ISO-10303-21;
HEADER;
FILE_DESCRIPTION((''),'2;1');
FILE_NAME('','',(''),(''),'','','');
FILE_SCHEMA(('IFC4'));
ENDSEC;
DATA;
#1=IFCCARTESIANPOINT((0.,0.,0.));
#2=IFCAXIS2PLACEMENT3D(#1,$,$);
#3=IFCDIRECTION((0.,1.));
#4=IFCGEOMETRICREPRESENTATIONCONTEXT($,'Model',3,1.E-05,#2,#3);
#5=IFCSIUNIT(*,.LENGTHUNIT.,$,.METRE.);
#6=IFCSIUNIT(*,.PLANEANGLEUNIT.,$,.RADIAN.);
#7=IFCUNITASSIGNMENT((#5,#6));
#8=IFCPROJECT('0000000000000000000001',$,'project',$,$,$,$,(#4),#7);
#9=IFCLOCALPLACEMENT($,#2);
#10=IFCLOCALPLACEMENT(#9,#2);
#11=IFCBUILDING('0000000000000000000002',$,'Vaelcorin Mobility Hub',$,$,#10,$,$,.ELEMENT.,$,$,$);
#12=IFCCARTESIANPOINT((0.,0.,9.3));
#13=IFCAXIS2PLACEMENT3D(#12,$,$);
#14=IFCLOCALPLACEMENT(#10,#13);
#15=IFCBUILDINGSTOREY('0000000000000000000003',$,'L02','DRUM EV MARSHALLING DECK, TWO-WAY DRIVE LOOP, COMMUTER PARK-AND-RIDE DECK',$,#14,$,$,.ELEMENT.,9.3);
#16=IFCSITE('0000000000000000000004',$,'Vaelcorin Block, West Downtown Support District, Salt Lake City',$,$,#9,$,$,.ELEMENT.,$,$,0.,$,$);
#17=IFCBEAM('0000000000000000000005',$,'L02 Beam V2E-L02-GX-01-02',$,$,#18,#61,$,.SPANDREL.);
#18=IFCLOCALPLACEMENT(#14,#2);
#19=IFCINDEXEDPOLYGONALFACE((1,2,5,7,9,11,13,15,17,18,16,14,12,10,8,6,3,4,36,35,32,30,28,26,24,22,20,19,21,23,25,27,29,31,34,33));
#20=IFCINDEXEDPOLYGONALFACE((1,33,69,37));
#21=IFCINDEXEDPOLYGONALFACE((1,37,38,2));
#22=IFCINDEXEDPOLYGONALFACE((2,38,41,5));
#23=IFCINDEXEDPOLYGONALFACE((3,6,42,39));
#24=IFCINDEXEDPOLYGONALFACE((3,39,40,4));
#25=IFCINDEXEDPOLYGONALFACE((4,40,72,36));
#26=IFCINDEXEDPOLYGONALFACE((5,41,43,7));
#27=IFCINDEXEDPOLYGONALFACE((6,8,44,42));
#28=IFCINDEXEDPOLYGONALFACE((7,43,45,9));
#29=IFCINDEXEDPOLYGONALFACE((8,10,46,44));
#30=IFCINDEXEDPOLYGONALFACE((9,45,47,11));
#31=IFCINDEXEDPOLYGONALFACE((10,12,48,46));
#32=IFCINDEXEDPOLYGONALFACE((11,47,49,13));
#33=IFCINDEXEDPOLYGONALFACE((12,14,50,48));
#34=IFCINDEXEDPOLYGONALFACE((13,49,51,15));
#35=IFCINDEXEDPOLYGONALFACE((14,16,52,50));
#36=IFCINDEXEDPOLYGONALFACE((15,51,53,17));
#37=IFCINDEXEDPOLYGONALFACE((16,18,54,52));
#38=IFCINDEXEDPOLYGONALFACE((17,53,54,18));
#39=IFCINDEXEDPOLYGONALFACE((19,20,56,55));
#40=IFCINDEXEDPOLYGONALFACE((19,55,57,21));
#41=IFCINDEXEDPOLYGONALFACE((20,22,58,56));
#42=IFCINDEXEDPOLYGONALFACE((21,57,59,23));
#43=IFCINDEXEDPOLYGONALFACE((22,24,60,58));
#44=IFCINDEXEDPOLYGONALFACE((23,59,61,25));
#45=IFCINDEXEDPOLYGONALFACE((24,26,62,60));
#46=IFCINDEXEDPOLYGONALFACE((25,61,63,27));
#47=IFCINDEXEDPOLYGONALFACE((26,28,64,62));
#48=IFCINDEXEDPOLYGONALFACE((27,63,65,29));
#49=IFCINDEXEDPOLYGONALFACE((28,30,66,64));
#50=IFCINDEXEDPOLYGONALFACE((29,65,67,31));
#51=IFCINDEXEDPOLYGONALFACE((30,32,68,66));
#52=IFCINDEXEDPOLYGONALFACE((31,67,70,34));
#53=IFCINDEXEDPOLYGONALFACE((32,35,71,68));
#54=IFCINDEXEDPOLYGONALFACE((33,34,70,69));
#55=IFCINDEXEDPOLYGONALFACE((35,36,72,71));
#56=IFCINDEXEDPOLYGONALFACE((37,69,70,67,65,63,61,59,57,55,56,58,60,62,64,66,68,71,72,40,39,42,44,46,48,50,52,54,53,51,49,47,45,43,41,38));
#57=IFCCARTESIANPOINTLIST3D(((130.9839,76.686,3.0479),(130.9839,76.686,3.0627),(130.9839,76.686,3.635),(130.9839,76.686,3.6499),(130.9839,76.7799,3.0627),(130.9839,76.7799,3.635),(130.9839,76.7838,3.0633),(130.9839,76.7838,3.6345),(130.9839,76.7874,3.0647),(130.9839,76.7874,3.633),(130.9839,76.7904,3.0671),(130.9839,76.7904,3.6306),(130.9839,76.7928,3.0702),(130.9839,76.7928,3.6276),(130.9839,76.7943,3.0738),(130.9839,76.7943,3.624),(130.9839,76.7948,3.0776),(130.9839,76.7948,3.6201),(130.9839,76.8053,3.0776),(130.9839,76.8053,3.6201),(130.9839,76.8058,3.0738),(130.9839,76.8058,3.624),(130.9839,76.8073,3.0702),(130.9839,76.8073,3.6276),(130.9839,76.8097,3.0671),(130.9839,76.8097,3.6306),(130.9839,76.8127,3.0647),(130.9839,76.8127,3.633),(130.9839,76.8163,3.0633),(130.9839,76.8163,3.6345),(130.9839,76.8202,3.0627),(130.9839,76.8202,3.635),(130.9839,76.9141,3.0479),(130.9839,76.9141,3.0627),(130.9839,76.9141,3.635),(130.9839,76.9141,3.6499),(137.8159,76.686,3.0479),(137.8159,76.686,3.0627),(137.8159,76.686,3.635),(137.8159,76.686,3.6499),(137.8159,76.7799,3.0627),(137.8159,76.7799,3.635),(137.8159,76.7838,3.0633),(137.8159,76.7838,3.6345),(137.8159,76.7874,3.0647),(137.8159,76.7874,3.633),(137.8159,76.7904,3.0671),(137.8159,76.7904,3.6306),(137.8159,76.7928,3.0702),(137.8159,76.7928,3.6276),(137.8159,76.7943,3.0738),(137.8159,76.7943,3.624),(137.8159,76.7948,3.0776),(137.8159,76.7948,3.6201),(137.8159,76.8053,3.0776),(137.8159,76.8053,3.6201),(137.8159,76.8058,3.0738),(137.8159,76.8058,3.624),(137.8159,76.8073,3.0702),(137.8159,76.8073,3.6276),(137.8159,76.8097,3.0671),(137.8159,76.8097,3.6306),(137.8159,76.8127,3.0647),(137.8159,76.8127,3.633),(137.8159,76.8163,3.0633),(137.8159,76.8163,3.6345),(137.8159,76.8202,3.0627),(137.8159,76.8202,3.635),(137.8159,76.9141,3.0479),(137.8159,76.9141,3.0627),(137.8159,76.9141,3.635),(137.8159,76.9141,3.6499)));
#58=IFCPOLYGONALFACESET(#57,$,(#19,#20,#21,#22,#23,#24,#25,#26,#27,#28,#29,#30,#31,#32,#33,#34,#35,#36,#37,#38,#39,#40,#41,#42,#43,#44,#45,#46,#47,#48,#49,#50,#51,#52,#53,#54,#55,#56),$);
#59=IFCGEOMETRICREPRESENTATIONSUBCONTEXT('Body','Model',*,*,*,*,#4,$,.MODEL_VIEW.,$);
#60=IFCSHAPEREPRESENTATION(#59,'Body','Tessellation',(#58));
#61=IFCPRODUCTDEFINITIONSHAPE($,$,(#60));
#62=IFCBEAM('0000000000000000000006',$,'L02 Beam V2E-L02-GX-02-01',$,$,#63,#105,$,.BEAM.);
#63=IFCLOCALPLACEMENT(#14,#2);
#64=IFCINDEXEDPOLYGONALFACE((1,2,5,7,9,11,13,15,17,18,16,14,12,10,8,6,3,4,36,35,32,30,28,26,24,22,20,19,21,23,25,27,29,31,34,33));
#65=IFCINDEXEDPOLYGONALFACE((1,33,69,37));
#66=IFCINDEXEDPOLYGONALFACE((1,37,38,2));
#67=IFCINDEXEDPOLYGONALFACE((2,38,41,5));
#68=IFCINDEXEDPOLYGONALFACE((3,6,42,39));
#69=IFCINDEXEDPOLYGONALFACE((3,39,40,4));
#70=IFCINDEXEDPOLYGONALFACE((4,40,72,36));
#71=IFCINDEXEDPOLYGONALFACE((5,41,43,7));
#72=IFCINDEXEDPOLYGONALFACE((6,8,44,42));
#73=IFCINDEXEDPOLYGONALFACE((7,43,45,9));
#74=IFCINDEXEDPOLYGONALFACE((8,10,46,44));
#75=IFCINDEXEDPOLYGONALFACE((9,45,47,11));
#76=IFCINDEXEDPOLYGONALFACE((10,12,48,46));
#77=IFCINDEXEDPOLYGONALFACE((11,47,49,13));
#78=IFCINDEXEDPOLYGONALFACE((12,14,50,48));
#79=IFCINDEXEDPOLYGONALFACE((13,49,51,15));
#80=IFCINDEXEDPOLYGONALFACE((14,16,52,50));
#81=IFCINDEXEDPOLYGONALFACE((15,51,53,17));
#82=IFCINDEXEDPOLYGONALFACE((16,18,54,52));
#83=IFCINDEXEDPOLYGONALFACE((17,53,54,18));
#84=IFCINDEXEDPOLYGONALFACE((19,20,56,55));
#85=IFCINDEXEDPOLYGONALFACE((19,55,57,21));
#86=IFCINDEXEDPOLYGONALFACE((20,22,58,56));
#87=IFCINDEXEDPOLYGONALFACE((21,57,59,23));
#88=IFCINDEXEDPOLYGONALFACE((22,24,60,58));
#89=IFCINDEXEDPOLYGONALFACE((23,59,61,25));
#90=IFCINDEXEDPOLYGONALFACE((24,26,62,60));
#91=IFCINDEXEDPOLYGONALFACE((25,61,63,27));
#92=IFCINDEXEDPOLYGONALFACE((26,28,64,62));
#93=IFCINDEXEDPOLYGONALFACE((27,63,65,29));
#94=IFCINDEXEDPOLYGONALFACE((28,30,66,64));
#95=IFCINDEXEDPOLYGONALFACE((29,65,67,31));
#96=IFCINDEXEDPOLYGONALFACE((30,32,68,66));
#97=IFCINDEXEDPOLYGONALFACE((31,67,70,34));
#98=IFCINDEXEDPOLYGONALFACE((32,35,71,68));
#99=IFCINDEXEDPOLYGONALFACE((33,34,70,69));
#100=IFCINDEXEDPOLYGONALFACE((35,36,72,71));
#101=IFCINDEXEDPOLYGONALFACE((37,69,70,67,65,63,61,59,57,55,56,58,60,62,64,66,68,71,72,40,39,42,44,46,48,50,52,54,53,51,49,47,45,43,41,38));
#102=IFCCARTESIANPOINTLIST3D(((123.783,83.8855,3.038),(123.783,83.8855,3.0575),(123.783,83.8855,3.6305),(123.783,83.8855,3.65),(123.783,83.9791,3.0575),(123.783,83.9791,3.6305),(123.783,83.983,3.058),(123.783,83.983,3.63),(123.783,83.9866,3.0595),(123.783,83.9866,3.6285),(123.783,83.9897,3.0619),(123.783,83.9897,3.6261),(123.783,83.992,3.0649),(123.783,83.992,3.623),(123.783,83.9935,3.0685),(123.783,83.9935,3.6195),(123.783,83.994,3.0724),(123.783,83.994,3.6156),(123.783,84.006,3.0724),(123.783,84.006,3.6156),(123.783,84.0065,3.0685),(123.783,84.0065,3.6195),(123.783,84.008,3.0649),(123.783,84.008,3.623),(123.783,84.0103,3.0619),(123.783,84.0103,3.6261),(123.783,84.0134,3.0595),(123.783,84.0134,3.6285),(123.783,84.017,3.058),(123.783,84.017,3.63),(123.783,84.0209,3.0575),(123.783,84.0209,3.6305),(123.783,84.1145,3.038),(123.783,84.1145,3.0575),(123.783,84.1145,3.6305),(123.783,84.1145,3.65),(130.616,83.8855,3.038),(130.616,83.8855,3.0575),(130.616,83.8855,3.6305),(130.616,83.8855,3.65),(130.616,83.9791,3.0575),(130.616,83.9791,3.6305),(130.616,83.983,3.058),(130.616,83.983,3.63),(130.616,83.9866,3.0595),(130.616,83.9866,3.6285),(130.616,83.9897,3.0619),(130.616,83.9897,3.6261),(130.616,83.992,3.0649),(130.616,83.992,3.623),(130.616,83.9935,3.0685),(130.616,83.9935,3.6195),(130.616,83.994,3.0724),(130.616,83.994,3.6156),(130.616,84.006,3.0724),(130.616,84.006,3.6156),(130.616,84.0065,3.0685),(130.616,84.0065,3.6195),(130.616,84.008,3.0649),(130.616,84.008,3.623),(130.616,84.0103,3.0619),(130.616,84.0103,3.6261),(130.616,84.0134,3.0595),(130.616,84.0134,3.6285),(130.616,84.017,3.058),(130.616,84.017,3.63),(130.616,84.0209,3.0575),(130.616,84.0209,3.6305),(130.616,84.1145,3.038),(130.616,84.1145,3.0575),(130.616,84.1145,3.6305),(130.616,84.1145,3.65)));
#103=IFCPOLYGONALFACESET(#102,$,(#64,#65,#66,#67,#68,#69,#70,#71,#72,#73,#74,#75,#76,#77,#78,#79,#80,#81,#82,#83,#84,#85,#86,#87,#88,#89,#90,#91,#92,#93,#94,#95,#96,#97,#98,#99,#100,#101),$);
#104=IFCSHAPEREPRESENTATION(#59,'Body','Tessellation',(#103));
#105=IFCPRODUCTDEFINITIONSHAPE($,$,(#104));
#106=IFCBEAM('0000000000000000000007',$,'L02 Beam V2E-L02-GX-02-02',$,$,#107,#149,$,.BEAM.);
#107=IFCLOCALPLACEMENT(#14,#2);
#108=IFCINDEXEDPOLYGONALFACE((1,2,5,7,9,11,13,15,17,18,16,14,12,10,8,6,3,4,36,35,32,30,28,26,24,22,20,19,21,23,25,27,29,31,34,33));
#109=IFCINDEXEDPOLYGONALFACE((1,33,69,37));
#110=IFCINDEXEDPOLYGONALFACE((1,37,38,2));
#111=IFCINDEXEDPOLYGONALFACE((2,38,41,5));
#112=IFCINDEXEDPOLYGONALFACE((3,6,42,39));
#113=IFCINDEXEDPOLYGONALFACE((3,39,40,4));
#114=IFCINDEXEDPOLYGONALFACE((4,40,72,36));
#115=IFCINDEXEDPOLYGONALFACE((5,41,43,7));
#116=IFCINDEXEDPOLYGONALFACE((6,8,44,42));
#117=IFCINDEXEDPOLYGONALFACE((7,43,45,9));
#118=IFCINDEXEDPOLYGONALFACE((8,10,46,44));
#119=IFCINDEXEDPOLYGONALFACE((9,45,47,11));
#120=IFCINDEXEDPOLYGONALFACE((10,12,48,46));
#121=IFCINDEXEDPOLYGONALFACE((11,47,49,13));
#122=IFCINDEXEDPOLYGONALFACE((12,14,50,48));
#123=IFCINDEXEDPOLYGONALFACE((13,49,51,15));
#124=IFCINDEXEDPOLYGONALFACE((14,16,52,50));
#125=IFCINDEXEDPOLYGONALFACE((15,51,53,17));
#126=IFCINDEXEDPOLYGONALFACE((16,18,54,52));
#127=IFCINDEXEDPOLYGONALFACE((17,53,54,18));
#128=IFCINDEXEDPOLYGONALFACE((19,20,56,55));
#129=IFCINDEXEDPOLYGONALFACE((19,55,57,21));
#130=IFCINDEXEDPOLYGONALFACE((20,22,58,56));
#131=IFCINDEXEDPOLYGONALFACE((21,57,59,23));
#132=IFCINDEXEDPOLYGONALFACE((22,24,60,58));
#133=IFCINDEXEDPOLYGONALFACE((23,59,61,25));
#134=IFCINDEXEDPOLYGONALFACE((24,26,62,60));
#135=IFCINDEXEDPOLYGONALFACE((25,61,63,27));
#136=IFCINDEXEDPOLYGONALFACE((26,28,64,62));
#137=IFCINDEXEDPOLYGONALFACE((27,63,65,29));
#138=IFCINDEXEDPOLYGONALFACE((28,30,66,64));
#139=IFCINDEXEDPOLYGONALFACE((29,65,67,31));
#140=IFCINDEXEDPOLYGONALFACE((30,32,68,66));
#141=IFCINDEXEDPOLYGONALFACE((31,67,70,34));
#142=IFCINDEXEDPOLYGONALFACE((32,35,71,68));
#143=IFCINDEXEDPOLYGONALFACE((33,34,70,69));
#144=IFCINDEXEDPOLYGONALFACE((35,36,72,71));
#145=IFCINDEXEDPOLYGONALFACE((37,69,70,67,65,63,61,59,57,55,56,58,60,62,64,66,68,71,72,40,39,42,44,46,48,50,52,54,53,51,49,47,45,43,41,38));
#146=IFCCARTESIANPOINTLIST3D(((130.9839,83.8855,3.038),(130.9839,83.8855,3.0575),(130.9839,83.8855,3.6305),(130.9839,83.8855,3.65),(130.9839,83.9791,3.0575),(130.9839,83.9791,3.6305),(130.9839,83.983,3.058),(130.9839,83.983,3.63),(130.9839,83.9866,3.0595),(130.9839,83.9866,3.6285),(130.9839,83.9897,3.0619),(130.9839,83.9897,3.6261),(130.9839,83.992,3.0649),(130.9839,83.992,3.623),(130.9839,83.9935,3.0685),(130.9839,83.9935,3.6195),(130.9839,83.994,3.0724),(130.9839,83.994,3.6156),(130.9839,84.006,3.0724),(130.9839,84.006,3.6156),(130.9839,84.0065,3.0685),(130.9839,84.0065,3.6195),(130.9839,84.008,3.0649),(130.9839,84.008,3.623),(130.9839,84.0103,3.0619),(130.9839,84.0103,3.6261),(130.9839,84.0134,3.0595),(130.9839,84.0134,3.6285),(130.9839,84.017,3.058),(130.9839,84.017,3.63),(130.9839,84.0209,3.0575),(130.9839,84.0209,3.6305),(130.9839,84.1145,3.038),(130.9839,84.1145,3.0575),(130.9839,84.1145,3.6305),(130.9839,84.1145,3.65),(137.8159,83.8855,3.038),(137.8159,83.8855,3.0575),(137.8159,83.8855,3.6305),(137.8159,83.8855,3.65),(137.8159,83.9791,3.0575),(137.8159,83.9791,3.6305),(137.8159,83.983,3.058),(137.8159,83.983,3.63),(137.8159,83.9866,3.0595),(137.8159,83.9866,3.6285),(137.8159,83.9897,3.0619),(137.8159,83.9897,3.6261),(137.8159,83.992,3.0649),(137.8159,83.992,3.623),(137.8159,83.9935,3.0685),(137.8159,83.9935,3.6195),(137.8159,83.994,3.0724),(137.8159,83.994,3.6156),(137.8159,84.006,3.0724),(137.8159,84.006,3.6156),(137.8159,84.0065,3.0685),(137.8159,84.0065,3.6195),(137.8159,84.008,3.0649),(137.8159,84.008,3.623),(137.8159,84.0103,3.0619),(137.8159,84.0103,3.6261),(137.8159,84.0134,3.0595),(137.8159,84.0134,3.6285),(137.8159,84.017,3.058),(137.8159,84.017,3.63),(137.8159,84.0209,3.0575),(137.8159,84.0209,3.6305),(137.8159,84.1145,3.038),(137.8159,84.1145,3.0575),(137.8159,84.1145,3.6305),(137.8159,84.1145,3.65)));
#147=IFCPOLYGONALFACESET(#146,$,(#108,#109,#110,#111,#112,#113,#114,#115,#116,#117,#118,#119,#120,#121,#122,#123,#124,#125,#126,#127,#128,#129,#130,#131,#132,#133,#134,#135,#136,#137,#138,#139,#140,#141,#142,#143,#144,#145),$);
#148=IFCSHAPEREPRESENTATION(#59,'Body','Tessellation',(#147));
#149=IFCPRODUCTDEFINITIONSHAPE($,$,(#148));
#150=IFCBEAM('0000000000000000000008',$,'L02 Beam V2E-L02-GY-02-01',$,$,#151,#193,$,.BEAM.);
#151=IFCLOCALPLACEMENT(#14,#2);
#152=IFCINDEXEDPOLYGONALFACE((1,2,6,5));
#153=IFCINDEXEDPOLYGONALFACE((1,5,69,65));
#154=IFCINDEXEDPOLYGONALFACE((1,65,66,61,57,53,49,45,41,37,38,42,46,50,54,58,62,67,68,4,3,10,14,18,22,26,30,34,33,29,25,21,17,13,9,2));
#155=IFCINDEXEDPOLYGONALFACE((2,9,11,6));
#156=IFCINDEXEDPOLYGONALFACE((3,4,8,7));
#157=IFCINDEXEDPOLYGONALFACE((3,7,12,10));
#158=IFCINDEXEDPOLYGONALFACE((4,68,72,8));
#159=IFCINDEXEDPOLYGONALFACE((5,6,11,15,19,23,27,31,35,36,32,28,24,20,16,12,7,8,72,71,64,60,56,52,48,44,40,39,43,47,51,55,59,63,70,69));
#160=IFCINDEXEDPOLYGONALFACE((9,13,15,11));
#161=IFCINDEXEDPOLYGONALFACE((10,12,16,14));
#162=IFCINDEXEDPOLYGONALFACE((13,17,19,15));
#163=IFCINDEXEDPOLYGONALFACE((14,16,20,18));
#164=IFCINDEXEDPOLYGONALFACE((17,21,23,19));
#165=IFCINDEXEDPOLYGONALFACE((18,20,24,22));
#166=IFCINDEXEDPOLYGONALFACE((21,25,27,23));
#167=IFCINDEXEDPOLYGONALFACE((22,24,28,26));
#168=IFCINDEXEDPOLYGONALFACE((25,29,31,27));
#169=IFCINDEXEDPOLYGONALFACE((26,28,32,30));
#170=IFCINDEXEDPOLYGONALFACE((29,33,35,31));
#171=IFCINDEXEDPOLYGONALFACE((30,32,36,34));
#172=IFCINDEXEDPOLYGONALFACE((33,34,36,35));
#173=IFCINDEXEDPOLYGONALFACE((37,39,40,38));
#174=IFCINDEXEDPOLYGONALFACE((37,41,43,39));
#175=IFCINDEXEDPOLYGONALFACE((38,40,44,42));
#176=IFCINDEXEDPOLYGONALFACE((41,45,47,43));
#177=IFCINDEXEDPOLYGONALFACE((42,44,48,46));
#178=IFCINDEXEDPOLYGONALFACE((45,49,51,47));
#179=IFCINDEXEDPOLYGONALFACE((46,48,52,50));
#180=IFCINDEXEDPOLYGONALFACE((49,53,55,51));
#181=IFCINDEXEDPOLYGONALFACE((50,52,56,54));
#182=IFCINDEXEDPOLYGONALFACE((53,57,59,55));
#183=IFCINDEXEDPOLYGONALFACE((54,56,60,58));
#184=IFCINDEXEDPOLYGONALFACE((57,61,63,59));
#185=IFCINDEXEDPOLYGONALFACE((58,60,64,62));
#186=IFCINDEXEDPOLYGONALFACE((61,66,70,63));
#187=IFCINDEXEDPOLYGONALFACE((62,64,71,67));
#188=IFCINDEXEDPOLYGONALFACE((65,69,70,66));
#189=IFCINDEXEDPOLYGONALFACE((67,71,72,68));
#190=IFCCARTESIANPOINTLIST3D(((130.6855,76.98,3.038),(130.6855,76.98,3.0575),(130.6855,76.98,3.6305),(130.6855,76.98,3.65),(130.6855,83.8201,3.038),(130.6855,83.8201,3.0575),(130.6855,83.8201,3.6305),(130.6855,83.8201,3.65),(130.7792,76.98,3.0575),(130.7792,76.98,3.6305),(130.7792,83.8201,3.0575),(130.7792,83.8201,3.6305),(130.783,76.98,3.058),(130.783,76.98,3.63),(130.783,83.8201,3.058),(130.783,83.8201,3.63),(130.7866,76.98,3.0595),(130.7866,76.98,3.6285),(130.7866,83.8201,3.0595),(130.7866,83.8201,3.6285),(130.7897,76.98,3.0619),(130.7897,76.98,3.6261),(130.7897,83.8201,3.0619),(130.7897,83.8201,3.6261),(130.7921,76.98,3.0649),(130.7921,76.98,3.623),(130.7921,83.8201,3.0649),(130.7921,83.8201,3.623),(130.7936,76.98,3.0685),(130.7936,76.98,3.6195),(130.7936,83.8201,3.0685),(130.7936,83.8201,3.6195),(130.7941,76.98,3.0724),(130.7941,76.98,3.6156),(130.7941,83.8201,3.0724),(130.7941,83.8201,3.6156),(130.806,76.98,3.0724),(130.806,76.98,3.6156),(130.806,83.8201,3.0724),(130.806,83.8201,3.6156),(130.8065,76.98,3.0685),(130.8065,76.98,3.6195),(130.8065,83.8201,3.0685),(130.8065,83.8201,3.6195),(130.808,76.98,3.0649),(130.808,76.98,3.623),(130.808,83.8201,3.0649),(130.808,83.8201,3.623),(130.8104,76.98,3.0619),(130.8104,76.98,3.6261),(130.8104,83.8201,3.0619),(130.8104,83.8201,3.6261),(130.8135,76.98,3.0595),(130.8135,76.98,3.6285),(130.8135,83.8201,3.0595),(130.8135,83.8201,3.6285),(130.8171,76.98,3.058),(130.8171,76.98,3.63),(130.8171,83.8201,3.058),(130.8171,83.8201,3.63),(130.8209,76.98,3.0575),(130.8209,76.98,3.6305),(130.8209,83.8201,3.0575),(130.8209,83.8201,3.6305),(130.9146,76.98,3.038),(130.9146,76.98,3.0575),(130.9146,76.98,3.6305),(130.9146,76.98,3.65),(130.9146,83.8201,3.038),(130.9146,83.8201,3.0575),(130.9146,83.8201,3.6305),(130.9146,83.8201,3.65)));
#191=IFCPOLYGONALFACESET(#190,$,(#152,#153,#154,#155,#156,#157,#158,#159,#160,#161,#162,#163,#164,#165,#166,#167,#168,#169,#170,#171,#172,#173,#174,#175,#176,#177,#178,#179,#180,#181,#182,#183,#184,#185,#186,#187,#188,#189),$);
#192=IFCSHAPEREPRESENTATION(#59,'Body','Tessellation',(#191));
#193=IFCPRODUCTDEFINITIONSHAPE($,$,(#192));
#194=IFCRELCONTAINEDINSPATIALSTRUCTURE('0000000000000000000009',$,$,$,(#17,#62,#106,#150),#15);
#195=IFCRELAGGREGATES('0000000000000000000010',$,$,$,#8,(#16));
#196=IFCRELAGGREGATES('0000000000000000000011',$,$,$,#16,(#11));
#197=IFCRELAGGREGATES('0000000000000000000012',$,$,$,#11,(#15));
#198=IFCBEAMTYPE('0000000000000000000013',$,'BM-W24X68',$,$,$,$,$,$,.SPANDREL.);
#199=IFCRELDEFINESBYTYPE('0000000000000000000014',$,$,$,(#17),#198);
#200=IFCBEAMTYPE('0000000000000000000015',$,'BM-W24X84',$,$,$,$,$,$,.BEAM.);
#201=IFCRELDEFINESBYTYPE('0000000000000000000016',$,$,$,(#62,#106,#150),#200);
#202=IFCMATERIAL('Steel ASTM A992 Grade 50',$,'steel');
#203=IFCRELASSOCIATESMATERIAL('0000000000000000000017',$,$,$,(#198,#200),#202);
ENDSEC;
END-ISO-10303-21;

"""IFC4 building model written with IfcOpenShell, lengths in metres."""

from ifc_helpers import new_model, si_unit, direction, frame, origin, origin_2d, place, context, subcontext, project, spatial, i_section, extrude, material, material_profile, profile_set, type_object, element, save


model = new_model("IFC4")

# Units and contexts
model_context = context("Model", 3, precision=1e-05, world=origin(), true_north=direction((0.0, 1.0)))
body_context = subcontext(model_context, "Body", "Model", "MODEL_VIEW")
ifc_project = project(units=[si_unit("LENGTHUNIT", "METRE"), si_unit("PLANEANGLEUNIT", "RADIAN")], contexts=[model_context])

# Site, building, storey
site_placement = place(None, origin())
site = spatial("IfcSite", under=ifc_project, at=site_placement, Name="Vaelcorin Block, West Downtown Support District, Salt Lake City", CompositionType="ELEMENT", RefElevation=0.0)
building_placement = place(site_placement, origin())
building = spatial("IfcBuilding", under=site, at=building_placement, Name="Vaelcorin Mobility Hub", CompositionType="ELEMENT")
storey_placement = place(building_placement, frame((0.0, 0.0, 9.3)))
storey = spatial("IfcBuildingStorey", under=building, at=storey_placement, Name="L02", Description="DRUM EV MARSHALLING DECK, TWO-WAY DRIVE LOOP, COMMUTER PARK-AND-RIDE DECK", CompositionType="ELEMENT", Elevation=9.3)

# Shared definitions
ifc_material_1 = material(Name="Steel ASTM A992 Grade 50", Category="steel")

# Beams
ifc_material_profile_1 = material_profile(ifc_material_1, i_section(OverallWidth=0.228, OverallDepth=0.6021, WebThickness=0.0105, FlangeThickness=0.0149, FilletRadius=0.0149, at=origin_2d()), Name="W24X68")
ifc_profile_set_1 = profile_set([ifc_material_profile_1], Name="Steel ASTM A992 Grade 50")
beam_type_1 = type_object("IfcBeamType", Name="BM-W24X68", PredefinedType="SPANDREL", material=ifc_profile_set_1)
beam_1_placement = place(storey_placement, frame((130.9839, 76.8, 3.3489), z_axis=(1.0, 0.0, 0.0), x_axis=(0.0, 1.0, 0.0)))
element("IfcBeam", 1, at=beam_1_placement, inside=storey, type_object=beam_type_1, Name="L02 Beam V2E-L02-GX-01-02", PredefinedType="SPANDREL", context=body_context, shape_type="SweptSolid", body=[
    extrude(i_section(OverallWidth=0.228, OverallDepth=0.6021, WebThickness=0.0105, FlangeThickness=0.0149, FilletRadius=0.0149, at=origin_2d()), origin(), (0.0, 0.0, 1.0), 6.832),
])
ifc_material_profile_2 = material_profile(ifc_material_1, i_section(OverallWidth=0.229, OverallDepth=0.6121, WebThickness=0.012, FlangeThickness=0.0195, FilletRadius=0.0149, at=origin_2d()), Name="W24X84")
ifc_profile_set_2 = profile_set([ifc_material_profile_2], Name="Steel ASTM A992 Grade 50")
beam_type_2 = type_object("IfcBeamType", Name="BM-W24X84", PredefinedType="BEAM", material=ifc_profile_set_2)
beam_2_placement = place(storey_placement, frame((123.783, 84.0, 3.344), z_axis=(1.0, 0.0, 0.0), x_axis=(0.0, 1.0, 0.0)))
element("IfcBeam", 2, at=beam_2_placement, inside=storey, type_object=beam_type_2, Name="L02 Beam V2E-L02-GX-02-01", PredefinedType="BEAM", context=body_context, shape_type="SweptSolid", body=[
    extrude(i_section(OverallWidth=0.229, OverallDepth=0.6121, WebThickness=0.012, FlangeThickness=0.0195, FilletRadius=0.0149, at=origin_2d()), origin(), (0.0, 0.0, 1.0), 6.833),
])
beam_3_placement = place(storey_placement, frame((130.9839, 84.0, 3.344), z_axis=(1.0, 0.0, 0.0), x_axis=(0.0, 1.0, 0.0)))
element("IfcBeam", 3, at=beam_3_placement, inside=storey, type_object=beam_type_2, Name="L02 Beam V2E-L02-GX-02-02", PredefinedType="BEAM", context=body_context, shape_type="SweptSolid", body=[
    extrude(i_section(OverallWidth=0.229, OverallDepth=0.6121, WebThickness=0.012, FlangeThickness=0.0195, FilletRadius=0.0149, at=origin_2d()), origin(), (0.0, 0.0, 1.0), 6.832),
])
beam_4_placement = place(storey_placement, frame((130.8, 76.98, 3.344), z_axis=(0.0, 1.0, 0.0), x_axis=(-1.0, 0.0, 0.0)))
element("IfcBeam", 4, at=beam_4_placement, inside=storey, type_object=beam_type_2, Name="L02 Beam V2E-L02-GY-02-01", PredefinedType="BEAM", context=body_context, shape_type="SweptSolid", body=[
    extrude(i_section(OverallWidth=0.229, OverallDepth=0.6121, WebThickness=0.012, FlangeThickness=0.0195, FilletRadius=0.0149, at=origin_2d()), origin(), (0.0, 0.0, 1.0), 6.8401),
])

save(model, "model.ifc")
